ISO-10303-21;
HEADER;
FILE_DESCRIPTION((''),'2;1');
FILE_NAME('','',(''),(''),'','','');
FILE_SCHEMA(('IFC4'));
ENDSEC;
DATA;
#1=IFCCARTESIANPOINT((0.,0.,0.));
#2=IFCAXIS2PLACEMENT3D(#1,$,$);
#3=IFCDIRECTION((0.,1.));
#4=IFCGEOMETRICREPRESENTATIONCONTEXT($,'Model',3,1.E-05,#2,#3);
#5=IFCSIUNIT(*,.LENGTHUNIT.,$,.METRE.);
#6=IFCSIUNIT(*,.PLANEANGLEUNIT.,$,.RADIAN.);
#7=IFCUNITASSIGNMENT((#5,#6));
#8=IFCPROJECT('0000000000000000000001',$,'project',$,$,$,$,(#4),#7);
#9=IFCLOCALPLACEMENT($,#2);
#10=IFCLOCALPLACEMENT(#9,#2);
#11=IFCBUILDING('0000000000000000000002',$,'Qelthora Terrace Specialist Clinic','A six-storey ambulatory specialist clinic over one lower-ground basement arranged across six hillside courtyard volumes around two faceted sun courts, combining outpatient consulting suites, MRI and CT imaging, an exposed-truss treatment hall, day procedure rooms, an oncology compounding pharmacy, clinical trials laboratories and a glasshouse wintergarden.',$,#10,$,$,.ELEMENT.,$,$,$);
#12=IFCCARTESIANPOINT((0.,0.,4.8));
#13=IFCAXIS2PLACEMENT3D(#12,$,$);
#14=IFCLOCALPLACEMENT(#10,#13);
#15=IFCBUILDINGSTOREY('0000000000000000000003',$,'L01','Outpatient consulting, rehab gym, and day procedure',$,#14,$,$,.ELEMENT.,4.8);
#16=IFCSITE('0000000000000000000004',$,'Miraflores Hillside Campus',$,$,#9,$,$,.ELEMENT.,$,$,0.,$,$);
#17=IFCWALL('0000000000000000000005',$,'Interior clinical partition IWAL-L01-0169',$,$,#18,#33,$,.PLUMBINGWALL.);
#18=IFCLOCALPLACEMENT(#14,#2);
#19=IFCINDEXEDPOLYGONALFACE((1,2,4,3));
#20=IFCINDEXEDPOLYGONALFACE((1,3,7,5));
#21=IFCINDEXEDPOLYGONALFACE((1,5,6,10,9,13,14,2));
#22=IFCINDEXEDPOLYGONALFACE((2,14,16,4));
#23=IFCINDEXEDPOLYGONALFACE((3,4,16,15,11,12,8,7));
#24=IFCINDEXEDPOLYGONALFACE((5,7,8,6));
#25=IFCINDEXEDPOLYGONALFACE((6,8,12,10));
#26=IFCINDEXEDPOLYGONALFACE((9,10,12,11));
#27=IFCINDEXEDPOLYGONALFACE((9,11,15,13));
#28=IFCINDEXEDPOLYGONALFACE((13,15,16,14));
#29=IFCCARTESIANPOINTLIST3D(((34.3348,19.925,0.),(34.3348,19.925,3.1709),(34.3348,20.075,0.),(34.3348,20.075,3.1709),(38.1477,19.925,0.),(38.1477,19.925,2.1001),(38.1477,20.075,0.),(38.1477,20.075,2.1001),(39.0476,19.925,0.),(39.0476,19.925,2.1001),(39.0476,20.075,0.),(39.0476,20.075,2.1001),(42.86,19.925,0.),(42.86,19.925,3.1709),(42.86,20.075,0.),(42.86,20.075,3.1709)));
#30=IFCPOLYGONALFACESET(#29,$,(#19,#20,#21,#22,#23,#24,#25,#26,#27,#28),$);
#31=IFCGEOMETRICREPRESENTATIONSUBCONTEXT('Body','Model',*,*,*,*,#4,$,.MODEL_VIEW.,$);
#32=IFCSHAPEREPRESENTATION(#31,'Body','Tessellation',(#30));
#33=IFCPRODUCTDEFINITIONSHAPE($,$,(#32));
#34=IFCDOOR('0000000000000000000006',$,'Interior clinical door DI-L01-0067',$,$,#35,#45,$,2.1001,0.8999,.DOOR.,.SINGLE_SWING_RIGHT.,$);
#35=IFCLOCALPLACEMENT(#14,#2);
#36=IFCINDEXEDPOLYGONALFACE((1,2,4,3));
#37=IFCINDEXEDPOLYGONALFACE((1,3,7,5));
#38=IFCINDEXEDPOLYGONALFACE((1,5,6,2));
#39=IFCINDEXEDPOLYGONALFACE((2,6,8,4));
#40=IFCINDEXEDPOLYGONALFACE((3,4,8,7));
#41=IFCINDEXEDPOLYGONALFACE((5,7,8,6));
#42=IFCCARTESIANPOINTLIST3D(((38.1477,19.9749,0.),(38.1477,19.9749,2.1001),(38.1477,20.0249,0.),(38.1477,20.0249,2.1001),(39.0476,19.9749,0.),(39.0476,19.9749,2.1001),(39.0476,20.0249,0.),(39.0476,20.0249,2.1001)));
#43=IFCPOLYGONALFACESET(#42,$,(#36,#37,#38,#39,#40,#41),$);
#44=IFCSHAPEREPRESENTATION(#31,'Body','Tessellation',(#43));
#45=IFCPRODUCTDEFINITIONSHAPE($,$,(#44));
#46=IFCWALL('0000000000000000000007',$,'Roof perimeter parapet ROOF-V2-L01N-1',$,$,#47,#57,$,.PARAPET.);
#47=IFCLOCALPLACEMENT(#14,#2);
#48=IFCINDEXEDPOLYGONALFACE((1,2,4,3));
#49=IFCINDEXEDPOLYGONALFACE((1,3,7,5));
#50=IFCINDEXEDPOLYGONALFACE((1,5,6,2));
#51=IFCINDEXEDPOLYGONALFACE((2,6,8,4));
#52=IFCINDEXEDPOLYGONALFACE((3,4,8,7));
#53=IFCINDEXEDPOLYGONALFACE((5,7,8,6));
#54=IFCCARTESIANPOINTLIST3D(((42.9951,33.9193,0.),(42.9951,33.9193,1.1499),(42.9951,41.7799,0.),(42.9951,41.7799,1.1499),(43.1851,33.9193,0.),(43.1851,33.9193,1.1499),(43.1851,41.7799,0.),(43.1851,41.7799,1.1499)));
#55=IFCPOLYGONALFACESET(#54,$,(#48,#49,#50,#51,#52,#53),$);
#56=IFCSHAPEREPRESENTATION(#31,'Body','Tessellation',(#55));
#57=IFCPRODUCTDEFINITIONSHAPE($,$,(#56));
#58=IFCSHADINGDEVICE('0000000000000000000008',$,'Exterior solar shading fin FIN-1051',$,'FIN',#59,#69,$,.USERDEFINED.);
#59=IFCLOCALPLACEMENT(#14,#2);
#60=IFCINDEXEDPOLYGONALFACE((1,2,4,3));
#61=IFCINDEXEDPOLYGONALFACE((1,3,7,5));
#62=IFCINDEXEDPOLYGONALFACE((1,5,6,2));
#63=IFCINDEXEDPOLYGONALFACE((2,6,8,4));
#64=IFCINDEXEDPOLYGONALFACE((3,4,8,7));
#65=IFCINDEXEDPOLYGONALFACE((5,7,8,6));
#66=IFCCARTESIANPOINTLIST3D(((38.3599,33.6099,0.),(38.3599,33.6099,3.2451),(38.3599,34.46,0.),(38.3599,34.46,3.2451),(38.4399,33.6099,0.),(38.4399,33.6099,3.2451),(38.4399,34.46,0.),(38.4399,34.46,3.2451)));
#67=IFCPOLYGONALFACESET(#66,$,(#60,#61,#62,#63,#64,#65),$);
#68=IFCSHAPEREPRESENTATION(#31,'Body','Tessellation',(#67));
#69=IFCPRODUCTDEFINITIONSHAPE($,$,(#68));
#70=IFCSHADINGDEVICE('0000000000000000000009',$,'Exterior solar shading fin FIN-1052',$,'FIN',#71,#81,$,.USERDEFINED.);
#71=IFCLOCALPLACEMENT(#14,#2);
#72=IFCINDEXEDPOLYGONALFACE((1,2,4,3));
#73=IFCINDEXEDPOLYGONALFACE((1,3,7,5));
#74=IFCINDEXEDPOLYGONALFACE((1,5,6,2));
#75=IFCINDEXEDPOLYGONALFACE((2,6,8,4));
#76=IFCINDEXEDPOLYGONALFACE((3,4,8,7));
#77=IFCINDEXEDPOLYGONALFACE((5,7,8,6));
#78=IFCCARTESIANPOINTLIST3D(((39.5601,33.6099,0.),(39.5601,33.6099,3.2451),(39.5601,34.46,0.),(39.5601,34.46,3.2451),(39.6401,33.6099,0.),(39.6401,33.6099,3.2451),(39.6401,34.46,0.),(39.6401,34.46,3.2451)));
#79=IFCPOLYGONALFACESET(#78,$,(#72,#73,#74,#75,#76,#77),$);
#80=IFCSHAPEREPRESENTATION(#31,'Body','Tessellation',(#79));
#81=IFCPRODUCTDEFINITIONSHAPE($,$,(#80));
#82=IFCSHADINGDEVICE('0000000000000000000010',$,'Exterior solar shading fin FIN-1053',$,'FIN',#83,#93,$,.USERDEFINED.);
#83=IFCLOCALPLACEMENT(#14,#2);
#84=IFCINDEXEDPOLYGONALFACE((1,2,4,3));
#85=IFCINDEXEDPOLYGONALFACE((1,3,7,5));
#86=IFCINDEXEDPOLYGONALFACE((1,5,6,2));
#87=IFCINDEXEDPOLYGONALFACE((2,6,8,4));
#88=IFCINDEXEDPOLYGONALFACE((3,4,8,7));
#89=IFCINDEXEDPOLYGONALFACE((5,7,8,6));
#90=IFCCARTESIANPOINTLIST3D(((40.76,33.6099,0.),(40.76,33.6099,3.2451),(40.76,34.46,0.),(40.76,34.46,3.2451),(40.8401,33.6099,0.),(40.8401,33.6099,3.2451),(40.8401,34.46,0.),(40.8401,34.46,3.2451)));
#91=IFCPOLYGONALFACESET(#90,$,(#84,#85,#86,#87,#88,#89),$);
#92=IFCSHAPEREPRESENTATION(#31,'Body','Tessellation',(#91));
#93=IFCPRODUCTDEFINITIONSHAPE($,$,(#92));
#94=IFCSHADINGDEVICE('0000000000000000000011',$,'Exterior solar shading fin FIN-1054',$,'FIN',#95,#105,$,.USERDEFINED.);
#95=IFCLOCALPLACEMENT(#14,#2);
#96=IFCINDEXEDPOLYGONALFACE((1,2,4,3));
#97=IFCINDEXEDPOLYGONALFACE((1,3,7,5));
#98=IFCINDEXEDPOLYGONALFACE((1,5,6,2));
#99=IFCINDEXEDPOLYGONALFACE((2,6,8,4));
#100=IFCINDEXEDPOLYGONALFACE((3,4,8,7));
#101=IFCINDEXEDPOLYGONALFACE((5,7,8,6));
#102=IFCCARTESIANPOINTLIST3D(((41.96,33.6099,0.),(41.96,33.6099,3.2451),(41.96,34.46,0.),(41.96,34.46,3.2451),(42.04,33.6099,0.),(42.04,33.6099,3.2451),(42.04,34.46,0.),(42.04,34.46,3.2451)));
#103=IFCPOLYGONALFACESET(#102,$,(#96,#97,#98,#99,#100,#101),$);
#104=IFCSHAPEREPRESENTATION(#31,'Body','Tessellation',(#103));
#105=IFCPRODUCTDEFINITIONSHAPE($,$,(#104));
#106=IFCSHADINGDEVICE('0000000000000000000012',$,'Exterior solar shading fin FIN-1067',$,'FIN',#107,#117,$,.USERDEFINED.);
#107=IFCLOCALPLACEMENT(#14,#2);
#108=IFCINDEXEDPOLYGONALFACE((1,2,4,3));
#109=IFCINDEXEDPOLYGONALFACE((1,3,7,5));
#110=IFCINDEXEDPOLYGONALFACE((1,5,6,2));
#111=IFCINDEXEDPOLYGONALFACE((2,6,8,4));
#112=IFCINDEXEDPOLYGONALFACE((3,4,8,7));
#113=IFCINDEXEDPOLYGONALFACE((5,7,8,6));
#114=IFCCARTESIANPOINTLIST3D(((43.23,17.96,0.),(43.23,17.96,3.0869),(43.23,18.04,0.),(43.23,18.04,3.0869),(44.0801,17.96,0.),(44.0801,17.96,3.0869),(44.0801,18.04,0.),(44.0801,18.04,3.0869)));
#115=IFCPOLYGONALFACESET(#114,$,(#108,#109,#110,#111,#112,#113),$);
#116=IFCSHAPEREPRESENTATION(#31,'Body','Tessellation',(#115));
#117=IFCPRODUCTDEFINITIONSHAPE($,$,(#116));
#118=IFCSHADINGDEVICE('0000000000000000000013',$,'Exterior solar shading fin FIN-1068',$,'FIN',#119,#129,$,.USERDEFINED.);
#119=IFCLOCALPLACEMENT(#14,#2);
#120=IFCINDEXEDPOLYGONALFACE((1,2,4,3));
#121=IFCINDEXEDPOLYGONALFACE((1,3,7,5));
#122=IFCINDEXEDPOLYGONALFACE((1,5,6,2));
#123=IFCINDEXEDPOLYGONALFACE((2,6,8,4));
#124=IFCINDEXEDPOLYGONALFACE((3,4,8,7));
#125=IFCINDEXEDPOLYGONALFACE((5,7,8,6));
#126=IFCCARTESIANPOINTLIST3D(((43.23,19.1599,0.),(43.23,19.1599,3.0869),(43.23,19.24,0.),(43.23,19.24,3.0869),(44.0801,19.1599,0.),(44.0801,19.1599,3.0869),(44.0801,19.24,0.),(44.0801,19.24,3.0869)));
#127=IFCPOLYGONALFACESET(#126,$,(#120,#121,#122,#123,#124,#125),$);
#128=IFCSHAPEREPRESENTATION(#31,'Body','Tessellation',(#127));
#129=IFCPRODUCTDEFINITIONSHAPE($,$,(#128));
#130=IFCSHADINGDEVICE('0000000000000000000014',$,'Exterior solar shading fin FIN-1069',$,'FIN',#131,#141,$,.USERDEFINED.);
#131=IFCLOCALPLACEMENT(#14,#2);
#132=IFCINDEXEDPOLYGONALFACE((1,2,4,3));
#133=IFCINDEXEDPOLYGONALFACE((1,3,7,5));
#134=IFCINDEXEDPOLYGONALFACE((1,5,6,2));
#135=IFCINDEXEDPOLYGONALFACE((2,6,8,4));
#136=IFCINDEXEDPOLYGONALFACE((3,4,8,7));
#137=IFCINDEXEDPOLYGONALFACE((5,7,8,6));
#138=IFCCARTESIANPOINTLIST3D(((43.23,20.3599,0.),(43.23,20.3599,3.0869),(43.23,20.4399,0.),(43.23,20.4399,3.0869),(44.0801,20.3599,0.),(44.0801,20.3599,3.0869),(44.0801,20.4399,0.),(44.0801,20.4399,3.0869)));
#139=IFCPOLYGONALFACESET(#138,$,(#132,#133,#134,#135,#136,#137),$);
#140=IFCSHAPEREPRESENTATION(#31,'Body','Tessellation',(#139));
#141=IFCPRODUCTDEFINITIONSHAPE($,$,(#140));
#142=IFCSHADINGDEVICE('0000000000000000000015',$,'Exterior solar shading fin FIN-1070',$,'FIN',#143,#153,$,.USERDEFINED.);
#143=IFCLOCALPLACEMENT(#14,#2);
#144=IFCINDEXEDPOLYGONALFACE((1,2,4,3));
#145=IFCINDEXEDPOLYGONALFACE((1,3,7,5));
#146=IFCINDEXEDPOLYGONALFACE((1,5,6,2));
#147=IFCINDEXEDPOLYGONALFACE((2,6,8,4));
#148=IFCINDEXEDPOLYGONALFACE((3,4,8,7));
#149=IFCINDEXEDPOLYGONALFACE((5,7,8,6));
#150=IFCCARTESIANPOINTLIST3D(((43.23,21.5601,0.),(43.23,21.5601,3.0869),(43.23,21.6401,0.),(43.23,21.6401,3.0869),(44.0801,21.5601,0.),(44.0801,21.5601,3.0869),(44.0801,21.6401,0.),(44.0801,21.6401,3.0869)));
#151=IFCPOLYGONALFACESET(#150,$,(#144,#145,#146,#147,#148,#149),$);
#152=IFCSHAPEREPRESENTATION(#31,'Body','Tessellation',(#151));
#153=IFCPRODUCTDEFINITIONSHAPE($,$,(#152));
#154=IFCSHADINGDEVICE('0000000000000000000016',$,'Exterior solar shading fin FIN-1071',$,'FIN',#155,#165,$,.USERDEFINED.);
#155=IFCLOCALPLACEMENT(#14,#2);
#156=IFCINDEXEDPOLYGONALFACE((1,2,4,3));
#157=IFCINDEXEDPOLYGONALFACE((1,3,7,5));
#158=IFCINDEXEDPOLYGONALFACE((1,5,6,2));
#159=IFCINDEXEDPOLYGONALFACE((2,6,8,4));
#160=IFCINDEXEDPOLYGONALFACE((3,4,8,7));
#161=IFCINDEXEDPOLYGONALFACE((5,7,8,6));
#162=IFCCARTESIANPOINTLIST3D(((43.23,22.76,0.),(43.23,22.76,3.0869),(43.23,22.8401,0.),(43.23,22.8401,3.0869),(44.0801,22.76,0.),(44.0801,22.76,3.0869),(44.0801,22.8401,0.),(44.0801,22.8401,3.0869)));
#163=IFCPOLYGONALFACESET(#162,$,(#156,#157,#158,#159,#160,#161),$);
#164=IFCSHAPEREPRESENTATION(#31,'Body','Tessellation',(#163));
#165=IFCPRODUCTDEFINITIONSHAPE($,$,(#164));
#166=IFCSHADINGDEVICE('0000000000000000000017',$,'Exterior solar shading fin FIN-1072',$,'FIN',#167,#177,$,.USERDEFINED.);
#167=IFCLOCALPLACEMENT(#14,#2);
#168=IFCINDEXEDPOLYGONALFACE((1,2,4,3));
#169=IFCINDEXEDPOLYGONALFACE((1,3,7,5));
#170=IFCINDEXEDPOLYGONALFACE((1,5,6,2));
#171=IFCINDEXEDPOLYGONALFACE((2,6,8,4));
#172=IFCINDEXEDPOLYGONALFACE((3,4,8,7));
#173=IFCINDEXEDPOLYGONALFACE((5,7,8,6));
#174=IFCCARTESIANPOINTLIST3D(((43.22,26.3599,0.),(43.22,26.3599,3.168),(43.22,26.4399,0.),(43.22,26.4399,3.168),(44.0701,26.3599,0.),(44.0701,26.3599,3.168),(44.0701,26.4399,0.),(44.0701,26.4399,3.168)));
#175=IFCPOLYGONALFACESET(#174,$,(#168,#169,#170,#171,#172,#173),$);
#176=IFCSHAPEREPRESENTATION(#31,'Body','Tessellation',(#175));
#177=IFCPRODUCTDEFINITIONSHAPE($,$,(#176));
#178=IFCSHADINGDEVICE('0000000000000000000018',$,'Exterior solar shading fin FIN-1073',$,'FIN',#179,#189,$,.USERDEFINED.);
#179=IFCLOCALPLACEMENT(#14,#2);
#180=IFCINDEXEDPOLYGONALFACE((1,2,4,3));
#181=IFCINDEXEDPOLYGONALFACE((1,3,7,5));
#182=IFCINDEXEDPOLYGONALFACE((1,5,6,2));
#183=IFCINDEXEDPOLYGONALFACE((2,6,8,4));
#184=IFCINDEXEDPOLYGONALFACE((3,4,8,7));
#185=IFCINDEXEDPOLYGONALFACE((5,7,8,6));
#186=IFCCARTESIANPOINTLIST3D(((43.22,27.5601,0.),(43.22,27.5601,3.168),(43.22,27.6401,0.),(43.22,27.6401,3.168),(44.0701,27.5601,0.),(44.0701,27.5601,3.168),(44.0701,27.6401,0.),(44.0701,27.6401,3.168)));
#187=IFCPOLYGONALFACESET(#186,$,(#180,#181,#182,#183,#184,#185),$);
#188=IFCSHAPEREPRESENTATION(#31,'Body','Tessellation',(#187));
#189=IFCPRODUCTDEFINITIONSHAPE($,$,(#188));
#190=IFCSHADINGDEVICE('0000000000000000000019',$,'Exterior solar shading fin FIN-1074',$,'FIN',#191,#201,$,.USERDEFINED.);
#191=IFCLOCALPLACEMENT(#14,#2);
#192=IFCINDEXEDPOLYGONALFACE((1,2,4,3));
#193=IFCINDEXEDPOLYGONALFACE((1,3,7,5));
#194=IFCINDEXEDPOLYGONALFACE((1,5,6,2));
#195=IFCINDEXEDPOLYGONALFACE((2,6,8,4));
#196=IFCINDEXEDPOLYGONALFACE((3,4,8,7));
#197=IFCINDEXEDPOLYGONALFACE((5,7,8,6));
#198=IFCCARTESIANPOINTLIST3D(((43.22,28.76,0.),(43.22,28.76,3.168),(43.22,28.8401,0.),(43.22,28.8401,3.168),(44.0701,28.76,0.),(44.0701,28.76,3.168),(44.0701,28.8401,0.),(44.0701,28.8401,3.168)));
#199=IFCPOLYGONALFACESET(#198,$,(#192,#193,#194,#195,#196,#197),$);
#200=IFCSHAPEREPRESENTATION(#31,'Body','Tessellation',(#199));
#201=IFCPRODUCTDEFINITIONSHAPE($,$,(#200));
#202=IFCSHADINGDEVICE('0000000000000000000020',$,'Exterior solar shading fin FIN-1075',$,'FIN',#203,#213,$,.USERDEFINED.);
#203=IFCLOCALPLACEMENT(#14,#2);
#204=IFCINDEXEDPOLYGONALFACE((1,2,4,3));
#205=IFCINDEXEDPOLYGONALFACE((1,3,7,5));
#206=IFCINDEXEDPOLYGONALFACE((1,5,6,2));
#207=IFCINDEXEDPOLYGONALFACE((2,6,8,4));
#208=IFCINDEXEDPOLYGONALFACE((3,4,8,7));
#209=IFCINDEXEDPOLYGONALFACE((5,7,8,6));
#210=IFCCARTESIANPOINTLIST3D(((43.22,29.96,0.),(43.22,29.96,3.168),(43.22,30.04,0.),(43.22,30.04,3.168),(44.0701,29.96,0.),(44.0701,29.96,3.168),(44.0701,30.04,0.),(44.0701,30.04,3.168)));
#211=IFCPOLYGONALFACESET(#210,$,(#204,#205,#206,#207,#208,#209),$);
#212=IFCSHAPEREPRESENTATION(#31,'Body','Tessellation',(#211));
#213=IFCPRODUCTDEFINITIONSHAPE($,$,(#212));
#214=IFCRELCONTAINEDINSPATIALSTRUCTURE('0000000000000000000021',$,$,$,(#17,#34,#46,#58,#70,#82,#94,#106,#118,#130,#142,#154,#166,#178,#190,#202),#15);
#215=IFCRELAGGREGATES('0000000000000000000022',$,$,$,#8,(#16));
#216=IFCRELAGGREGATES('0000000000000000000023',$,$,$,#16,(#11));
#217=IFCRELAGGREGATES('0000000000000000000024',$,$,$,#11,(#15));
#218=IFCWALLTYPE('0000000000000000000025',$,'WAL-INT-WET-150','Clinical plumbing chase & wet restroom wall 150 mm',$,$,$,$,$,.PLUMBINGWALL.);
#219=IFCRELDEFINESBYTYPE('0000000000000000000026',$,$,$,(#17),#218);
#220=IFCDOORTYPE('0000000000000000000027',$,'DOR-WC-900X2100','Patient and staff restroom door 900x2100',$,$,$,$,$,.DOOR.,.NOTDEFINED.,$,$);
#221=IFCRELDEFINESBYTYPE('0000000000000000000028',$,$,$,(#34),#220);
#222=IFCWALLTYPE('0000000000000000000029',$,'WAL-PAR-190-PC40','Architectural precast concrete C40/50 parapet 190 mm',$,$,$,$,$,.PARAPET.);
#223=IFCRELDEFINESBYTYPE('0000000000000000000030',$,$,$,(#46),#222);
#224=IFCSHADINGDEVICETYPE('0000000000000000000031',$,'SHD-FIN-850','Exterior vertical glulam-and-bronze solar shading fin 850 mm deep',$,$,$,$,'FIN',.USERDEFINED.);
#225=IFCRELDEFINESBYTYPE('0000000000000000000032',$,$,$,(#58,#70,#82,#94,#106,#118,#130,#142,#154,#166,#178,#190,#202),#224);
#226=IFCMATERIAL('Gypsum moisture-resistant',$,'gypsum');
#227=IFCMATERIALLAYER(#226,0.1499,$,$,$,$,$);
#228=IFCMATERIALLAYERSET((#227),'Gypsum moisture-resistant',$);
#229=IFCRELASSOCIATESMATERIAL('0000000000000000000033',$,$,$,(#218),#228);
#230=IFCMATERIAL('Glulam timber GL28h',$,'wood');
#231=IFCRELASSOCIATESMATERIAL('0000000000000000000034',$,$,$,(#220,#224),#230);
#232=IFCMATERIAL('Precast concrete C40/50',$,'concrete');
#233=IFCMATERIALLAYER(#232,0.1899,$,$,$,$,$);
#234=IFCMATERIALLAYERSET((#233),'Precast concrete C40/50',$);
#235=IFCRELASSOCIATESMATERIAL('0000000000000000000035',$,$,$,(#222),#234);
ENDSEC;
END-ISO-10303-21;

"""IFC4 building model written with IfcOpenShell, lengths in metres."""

from ifc_helpers import new_model, si_unit, direction, frame, frame_2d, origin, origin_2d, place, context, subcontext, project, spatial, rectangle, extrude, material, layer, layer_set, type_object, element, fill, save


model = new_model("IFC4")

# Units and contexts
model_context = context("Model", 3, precision=1e-05, world=origin(), true_north=direction((0.0, 1.0)))
body_context = subcontext(model_context, "Body", "Model", "MODEL_VIEW")
ifc_project = project(units=[si_unit("LENGTHUNIT", "METRE"), si_unit("PLANEANGLEUNIT", "RADIAN")], contexts=[model_context])

# Site, building, storey
site_placement = place(None, origin())
site = spatial("IfcSite", under=ifc_project, at=site_placement, Name="Miraflores Hillside Campus", CompositionType="ELEMENT", RefElevation=0.0)
building_placement = place(site_placement, origin())
building = spatial("IfcBuilding", under=site, at=building_placement, Name="Qelthora Terrace Specialist Clinic", Description="A six-storey ambulatory specialist clinic over one lower-ground basement arranged across six hillside courtyard volumes around two faceted sun courts, combining outpatient consulting suites, MRI and CT imaging, an exposed-truss treatment hall, day procedure rooms, an oncology compounding pharmacy, clinical trials laboratories and a glasshouse wintergarden.", CompositionType="ELEMENT")
storey_placement = place(building_placement, frame((0.0, 0.0, 4.8)))
storey = spatial("IfcBuildingStorey", under=building, at=storey_placement, Name="L01", Description="Outpatient consulting, rehab gym, and day procedure", CompositionType="ELEMENT", Elevation=4.8)

# Shared definitions
ifc_material_1 = material(Name="Precast concrete C40/50", Category="concrete")

# Wall, opening, door
ifc_material_2 = material(Name="Gypsum moisture-resistant", Category="gypsum")
ifc_layer_1 = layer(ifc_material_2, 0.1499)
ifc_layer_set_1 = layer_set([ifc_layer_1], Name="Gypsum moisture-resistant")
wall_type_1 = type_object("IfcWallType", Name="WAL-INT-WET-150", Description="Clinical plumbing chase & wet restroom wall 150 mm", PredefinedType="PLUMBINGWALL", material=ifc_layer_set_1)
wall_1_placement = place(storey_placement, frame((42.8601, 20.0, 0.0), z_axis=(0.0, 0.0, 1.0), x_axis=(-1.0, 0.0, 0.0)))
wall_1 = element("IfcWall", 1, at=wall_1_placement, inside=storey, type_object=wall_type_1, Name="Interior clinical partition IWAL-L01-0169", PredefinedType="PLUMBINGWALL", context=body_context, shape_type="SweptSolid", body=[
    extrude(rectangle(XDim=8.5251, YDim=0.1499, at=frame_2d((4.2627, 0.0))), origin(), (0.0, 0.0, 1.0), 3.1709),
])
opening_1_placement = place(wall_1_placement, frame((3.8125, 0.0, 0.0)))
opening_1 = element("IfcOpeningElement", 2, at=opening_1_placement, cuts=wall_1, PredefinedType="OPENING", context=body_context, shape_type="SweptSolid", body=[
    extrude(rectangle(XDim=0.8999, YDim=2.1001, at=frame_2d((0.45, 1.05))), frame((0.0, 0.085, 0.0), z_axis=(0.0, -1.0, 0.0), x_axis=(1.0, 0.0, 0.0)), (0.0, 0.0, 1.0), 0.1699),
])
ifc_material_3 = material(Name="Glulam timber GL28h", Category="wood")
door_type = type_object("IfcDoorType", Name="DOR-WC-900X2100", Description="Patient and staff restroom door 900x2100", OperationType="NOTDEFINED", PredefinedType="DOOR", material=ifc_material_3)
door_placement = place(opening_1_placement, frame((0.8999, 0.0, 0.0), z_axis=(0.0, 0.0, 1.0), x_axis=(-1.0, 0.0, 0.0)))
door = element("IfcDoor", 3, at=door_placement, inside=storey, type_object=door_type, Name="Interior clinical door DI-L01-0067", OperationType="SINGLE_SWING_RIGHT", OverallHeight=2.1001, OverallWidth=0.8999, PredefinedType="DOOR", context=body_context, shape_type="SweptSolid", body=[
    extrude(rectangle(XDim=0.8999, YDim=2.1001, at=frame_2d((0.45, 1.05))), frame((0.0, 0.0249, 0.0), z_axis=(0.0, -1.0, 0.0), x_axis=(1.0, 0.0, 0.0)), (0.0, 0.0, 1.0), 0.05),
])
fill(opening_1, door)

# Wall
ifc_layer_2 = layer(ifc_material_1, 0.1899)
ifc_layer_set_2 = layer_set([ifc_layer_2], Name="Precast concrete C40/50")
wall_type_2 = type_object("IfcWallType", Name="WAL-PAR-190-PC40", Description="Architectural precast concrete C40/50 parapet 190 mm", PredefinedType="PARAPET", material=ifc_layer_set_2)
wall_2_placement = place(storey_placement, frame((43.0901, 33.9194, 0.0), z_axis=(0.0, 0.0, 1.0), x_axis=(0.0, 1.0, 0.0)))
element("IfcWall", 4, at=wall_2_placement, inside=storey, type_object=wall_type_2, Name="Roof perimeter parapet ROOF-V2-L01N-1", PredefinedType="PARAPET", context=body_context, shape_type="SweptSolid", body=[
    extrude(rectangle(XDim=7.8606, YDim=0.1899, at=frame_2d((3.9302, 0.0))), origin(), (0.0, 0.0, 1.0), 1.1499),
])

# Shading devices
shading_device_type = type_object("IfcShadingDeviceType", Name="SHD-FIN-850", Description="Exterior vertical glulam-and-bronze solar shading fin 850 mm deep", ElementType="FIN", PredefinedType="USERDEFINED", material=ifc_material_3)
for number, where, z_axis, x_axis, name in (
    (5, (38.3999, 34.0349, 0.0), (0.0, 0.0, 1.0), (0.0, 1.0, 0.0), "Exterior solar shading fin FIN-1051"),
    (6, (39.6001, 34.0349, 0.0), (0.0, 0.0, 1.0), (0.0, 1.0, 0.0), "Exterior solar shading fin FIN-1052"),
    (7, (40.8, 34.0349, 0.0), (0.0, 0.0, 1.0), (0.0, 1.0, 0.0), "Exterior solar shading fin FIN-1053"),
    (8, (42.0, 34.0349, 0.0), (0.0, 0.0, 1.0), (0.0, 1.0, 0.0), "Exterior solar shading fin FIN-1054"),
):
    element("IfcShadingDevice", number, at=place(storey_placement, frame(where, z_axis=z_axis, x_axis=x_axis)), inside=storey, type_object=shading_device_type, Name=name, ObjectType="FIN", PredefinedType="USERDEFINED", context=body_context, shape_type="SweptSolid", body=[
        extrude(rectangle(XDim=0.8501, YDim=0.0801, at=origin_2d()), origin(), (0.0, 0.0, 1.0), 3.2451),
    ])
for number, where, z_axis, x_axis, name in (
    (9, (43.655, 18.0, 0.0), (0.0, 0.0, 1.0), (1.0, 0.0, 0.0), "Exterior solar shading fin FIN-1067"),
    (10, (43.655, 19.2, 0.0), (0.0, 0.0, 1.0), (1.0, 0.0, 0.0), "Exterior solar shading fin FIN-1068"),
    (11, (43.655, 20.3999, 0.0), (0.0, 0.0, 1.0), (1.0, 0.0, 0.0), "Exterior solar shading fin FIN-1069"),
    (12, (43.655, 21.6001, 0.0), (0.0, 0.0, 1.0), (1.0, 0.0, 0.0), "Exterior solar shading fin FIN-1070"),
    (13, (43.655, 22.8, 0.0), (0.0, 0.0, 1.0), (1.0, 0.0, 0.0), "Exterior solar shading fin FIN-1071"),
):
    element("IfcShadingDevice", number, at=place(storey_placement, frame(where, z_axis=z_axis, x_axis=x_axis)), inside=storey, type_object=shading_device_type, Name=name, ObjectType="FIN", PredefinedType="USERDEFINED", context=body_context, shape_type="SweptSolid", body=[
        extrude(rectangle(XDim=0.8501, YDim=0.0801, at=origin_2d()), origin(), (0.0, 0.0, 1.0), 3.0869),
    ])
for number, where, z_axis, x_axis, name in (
    (14, (43.645, 26.3999, 0.0), (0.0, 0.0, 1.0), (1.0, 0.0, 0.0), "Exterior solar shading fin FIN-1072"),
    (15, (43.645, 27.6001, 0.0), (0.0, 0.0, 1.0), (1.0, 0.0, 0.0), "Exterior solar shading fin FIN-1073"),
    (16, (43.645, 28.8, 0.0), (0.0, 0.0, 1.0), (1.0, 0.0, 0.0), "Exterior solar shading fin FIN-1074"),
    (17, (43.645, 30.0, 0.0), (0.0, 0.0, 1.0), (1.0, 0.0, 0.0), "Exterior solar shading fin FIN-1075"),
):
    element("IfcShadingDevice", number, at=place(storey_placement, frame(where, z_axis=z_axis, x_axis=x_axis)), inside=storey, type_object=shading_device_type, Name=name, ObjectType="FIN", PredefinedType="USERDEFINED", context=body_context, shape_type="SweptSolid", body=[
        extrude(rectangle(XDim=0.8501, YDim=0.0801, at=origin_2d()), origin(), (0.0, 0.0, 1.0), 3.168),
    ])

save(model, "model.ifc")
